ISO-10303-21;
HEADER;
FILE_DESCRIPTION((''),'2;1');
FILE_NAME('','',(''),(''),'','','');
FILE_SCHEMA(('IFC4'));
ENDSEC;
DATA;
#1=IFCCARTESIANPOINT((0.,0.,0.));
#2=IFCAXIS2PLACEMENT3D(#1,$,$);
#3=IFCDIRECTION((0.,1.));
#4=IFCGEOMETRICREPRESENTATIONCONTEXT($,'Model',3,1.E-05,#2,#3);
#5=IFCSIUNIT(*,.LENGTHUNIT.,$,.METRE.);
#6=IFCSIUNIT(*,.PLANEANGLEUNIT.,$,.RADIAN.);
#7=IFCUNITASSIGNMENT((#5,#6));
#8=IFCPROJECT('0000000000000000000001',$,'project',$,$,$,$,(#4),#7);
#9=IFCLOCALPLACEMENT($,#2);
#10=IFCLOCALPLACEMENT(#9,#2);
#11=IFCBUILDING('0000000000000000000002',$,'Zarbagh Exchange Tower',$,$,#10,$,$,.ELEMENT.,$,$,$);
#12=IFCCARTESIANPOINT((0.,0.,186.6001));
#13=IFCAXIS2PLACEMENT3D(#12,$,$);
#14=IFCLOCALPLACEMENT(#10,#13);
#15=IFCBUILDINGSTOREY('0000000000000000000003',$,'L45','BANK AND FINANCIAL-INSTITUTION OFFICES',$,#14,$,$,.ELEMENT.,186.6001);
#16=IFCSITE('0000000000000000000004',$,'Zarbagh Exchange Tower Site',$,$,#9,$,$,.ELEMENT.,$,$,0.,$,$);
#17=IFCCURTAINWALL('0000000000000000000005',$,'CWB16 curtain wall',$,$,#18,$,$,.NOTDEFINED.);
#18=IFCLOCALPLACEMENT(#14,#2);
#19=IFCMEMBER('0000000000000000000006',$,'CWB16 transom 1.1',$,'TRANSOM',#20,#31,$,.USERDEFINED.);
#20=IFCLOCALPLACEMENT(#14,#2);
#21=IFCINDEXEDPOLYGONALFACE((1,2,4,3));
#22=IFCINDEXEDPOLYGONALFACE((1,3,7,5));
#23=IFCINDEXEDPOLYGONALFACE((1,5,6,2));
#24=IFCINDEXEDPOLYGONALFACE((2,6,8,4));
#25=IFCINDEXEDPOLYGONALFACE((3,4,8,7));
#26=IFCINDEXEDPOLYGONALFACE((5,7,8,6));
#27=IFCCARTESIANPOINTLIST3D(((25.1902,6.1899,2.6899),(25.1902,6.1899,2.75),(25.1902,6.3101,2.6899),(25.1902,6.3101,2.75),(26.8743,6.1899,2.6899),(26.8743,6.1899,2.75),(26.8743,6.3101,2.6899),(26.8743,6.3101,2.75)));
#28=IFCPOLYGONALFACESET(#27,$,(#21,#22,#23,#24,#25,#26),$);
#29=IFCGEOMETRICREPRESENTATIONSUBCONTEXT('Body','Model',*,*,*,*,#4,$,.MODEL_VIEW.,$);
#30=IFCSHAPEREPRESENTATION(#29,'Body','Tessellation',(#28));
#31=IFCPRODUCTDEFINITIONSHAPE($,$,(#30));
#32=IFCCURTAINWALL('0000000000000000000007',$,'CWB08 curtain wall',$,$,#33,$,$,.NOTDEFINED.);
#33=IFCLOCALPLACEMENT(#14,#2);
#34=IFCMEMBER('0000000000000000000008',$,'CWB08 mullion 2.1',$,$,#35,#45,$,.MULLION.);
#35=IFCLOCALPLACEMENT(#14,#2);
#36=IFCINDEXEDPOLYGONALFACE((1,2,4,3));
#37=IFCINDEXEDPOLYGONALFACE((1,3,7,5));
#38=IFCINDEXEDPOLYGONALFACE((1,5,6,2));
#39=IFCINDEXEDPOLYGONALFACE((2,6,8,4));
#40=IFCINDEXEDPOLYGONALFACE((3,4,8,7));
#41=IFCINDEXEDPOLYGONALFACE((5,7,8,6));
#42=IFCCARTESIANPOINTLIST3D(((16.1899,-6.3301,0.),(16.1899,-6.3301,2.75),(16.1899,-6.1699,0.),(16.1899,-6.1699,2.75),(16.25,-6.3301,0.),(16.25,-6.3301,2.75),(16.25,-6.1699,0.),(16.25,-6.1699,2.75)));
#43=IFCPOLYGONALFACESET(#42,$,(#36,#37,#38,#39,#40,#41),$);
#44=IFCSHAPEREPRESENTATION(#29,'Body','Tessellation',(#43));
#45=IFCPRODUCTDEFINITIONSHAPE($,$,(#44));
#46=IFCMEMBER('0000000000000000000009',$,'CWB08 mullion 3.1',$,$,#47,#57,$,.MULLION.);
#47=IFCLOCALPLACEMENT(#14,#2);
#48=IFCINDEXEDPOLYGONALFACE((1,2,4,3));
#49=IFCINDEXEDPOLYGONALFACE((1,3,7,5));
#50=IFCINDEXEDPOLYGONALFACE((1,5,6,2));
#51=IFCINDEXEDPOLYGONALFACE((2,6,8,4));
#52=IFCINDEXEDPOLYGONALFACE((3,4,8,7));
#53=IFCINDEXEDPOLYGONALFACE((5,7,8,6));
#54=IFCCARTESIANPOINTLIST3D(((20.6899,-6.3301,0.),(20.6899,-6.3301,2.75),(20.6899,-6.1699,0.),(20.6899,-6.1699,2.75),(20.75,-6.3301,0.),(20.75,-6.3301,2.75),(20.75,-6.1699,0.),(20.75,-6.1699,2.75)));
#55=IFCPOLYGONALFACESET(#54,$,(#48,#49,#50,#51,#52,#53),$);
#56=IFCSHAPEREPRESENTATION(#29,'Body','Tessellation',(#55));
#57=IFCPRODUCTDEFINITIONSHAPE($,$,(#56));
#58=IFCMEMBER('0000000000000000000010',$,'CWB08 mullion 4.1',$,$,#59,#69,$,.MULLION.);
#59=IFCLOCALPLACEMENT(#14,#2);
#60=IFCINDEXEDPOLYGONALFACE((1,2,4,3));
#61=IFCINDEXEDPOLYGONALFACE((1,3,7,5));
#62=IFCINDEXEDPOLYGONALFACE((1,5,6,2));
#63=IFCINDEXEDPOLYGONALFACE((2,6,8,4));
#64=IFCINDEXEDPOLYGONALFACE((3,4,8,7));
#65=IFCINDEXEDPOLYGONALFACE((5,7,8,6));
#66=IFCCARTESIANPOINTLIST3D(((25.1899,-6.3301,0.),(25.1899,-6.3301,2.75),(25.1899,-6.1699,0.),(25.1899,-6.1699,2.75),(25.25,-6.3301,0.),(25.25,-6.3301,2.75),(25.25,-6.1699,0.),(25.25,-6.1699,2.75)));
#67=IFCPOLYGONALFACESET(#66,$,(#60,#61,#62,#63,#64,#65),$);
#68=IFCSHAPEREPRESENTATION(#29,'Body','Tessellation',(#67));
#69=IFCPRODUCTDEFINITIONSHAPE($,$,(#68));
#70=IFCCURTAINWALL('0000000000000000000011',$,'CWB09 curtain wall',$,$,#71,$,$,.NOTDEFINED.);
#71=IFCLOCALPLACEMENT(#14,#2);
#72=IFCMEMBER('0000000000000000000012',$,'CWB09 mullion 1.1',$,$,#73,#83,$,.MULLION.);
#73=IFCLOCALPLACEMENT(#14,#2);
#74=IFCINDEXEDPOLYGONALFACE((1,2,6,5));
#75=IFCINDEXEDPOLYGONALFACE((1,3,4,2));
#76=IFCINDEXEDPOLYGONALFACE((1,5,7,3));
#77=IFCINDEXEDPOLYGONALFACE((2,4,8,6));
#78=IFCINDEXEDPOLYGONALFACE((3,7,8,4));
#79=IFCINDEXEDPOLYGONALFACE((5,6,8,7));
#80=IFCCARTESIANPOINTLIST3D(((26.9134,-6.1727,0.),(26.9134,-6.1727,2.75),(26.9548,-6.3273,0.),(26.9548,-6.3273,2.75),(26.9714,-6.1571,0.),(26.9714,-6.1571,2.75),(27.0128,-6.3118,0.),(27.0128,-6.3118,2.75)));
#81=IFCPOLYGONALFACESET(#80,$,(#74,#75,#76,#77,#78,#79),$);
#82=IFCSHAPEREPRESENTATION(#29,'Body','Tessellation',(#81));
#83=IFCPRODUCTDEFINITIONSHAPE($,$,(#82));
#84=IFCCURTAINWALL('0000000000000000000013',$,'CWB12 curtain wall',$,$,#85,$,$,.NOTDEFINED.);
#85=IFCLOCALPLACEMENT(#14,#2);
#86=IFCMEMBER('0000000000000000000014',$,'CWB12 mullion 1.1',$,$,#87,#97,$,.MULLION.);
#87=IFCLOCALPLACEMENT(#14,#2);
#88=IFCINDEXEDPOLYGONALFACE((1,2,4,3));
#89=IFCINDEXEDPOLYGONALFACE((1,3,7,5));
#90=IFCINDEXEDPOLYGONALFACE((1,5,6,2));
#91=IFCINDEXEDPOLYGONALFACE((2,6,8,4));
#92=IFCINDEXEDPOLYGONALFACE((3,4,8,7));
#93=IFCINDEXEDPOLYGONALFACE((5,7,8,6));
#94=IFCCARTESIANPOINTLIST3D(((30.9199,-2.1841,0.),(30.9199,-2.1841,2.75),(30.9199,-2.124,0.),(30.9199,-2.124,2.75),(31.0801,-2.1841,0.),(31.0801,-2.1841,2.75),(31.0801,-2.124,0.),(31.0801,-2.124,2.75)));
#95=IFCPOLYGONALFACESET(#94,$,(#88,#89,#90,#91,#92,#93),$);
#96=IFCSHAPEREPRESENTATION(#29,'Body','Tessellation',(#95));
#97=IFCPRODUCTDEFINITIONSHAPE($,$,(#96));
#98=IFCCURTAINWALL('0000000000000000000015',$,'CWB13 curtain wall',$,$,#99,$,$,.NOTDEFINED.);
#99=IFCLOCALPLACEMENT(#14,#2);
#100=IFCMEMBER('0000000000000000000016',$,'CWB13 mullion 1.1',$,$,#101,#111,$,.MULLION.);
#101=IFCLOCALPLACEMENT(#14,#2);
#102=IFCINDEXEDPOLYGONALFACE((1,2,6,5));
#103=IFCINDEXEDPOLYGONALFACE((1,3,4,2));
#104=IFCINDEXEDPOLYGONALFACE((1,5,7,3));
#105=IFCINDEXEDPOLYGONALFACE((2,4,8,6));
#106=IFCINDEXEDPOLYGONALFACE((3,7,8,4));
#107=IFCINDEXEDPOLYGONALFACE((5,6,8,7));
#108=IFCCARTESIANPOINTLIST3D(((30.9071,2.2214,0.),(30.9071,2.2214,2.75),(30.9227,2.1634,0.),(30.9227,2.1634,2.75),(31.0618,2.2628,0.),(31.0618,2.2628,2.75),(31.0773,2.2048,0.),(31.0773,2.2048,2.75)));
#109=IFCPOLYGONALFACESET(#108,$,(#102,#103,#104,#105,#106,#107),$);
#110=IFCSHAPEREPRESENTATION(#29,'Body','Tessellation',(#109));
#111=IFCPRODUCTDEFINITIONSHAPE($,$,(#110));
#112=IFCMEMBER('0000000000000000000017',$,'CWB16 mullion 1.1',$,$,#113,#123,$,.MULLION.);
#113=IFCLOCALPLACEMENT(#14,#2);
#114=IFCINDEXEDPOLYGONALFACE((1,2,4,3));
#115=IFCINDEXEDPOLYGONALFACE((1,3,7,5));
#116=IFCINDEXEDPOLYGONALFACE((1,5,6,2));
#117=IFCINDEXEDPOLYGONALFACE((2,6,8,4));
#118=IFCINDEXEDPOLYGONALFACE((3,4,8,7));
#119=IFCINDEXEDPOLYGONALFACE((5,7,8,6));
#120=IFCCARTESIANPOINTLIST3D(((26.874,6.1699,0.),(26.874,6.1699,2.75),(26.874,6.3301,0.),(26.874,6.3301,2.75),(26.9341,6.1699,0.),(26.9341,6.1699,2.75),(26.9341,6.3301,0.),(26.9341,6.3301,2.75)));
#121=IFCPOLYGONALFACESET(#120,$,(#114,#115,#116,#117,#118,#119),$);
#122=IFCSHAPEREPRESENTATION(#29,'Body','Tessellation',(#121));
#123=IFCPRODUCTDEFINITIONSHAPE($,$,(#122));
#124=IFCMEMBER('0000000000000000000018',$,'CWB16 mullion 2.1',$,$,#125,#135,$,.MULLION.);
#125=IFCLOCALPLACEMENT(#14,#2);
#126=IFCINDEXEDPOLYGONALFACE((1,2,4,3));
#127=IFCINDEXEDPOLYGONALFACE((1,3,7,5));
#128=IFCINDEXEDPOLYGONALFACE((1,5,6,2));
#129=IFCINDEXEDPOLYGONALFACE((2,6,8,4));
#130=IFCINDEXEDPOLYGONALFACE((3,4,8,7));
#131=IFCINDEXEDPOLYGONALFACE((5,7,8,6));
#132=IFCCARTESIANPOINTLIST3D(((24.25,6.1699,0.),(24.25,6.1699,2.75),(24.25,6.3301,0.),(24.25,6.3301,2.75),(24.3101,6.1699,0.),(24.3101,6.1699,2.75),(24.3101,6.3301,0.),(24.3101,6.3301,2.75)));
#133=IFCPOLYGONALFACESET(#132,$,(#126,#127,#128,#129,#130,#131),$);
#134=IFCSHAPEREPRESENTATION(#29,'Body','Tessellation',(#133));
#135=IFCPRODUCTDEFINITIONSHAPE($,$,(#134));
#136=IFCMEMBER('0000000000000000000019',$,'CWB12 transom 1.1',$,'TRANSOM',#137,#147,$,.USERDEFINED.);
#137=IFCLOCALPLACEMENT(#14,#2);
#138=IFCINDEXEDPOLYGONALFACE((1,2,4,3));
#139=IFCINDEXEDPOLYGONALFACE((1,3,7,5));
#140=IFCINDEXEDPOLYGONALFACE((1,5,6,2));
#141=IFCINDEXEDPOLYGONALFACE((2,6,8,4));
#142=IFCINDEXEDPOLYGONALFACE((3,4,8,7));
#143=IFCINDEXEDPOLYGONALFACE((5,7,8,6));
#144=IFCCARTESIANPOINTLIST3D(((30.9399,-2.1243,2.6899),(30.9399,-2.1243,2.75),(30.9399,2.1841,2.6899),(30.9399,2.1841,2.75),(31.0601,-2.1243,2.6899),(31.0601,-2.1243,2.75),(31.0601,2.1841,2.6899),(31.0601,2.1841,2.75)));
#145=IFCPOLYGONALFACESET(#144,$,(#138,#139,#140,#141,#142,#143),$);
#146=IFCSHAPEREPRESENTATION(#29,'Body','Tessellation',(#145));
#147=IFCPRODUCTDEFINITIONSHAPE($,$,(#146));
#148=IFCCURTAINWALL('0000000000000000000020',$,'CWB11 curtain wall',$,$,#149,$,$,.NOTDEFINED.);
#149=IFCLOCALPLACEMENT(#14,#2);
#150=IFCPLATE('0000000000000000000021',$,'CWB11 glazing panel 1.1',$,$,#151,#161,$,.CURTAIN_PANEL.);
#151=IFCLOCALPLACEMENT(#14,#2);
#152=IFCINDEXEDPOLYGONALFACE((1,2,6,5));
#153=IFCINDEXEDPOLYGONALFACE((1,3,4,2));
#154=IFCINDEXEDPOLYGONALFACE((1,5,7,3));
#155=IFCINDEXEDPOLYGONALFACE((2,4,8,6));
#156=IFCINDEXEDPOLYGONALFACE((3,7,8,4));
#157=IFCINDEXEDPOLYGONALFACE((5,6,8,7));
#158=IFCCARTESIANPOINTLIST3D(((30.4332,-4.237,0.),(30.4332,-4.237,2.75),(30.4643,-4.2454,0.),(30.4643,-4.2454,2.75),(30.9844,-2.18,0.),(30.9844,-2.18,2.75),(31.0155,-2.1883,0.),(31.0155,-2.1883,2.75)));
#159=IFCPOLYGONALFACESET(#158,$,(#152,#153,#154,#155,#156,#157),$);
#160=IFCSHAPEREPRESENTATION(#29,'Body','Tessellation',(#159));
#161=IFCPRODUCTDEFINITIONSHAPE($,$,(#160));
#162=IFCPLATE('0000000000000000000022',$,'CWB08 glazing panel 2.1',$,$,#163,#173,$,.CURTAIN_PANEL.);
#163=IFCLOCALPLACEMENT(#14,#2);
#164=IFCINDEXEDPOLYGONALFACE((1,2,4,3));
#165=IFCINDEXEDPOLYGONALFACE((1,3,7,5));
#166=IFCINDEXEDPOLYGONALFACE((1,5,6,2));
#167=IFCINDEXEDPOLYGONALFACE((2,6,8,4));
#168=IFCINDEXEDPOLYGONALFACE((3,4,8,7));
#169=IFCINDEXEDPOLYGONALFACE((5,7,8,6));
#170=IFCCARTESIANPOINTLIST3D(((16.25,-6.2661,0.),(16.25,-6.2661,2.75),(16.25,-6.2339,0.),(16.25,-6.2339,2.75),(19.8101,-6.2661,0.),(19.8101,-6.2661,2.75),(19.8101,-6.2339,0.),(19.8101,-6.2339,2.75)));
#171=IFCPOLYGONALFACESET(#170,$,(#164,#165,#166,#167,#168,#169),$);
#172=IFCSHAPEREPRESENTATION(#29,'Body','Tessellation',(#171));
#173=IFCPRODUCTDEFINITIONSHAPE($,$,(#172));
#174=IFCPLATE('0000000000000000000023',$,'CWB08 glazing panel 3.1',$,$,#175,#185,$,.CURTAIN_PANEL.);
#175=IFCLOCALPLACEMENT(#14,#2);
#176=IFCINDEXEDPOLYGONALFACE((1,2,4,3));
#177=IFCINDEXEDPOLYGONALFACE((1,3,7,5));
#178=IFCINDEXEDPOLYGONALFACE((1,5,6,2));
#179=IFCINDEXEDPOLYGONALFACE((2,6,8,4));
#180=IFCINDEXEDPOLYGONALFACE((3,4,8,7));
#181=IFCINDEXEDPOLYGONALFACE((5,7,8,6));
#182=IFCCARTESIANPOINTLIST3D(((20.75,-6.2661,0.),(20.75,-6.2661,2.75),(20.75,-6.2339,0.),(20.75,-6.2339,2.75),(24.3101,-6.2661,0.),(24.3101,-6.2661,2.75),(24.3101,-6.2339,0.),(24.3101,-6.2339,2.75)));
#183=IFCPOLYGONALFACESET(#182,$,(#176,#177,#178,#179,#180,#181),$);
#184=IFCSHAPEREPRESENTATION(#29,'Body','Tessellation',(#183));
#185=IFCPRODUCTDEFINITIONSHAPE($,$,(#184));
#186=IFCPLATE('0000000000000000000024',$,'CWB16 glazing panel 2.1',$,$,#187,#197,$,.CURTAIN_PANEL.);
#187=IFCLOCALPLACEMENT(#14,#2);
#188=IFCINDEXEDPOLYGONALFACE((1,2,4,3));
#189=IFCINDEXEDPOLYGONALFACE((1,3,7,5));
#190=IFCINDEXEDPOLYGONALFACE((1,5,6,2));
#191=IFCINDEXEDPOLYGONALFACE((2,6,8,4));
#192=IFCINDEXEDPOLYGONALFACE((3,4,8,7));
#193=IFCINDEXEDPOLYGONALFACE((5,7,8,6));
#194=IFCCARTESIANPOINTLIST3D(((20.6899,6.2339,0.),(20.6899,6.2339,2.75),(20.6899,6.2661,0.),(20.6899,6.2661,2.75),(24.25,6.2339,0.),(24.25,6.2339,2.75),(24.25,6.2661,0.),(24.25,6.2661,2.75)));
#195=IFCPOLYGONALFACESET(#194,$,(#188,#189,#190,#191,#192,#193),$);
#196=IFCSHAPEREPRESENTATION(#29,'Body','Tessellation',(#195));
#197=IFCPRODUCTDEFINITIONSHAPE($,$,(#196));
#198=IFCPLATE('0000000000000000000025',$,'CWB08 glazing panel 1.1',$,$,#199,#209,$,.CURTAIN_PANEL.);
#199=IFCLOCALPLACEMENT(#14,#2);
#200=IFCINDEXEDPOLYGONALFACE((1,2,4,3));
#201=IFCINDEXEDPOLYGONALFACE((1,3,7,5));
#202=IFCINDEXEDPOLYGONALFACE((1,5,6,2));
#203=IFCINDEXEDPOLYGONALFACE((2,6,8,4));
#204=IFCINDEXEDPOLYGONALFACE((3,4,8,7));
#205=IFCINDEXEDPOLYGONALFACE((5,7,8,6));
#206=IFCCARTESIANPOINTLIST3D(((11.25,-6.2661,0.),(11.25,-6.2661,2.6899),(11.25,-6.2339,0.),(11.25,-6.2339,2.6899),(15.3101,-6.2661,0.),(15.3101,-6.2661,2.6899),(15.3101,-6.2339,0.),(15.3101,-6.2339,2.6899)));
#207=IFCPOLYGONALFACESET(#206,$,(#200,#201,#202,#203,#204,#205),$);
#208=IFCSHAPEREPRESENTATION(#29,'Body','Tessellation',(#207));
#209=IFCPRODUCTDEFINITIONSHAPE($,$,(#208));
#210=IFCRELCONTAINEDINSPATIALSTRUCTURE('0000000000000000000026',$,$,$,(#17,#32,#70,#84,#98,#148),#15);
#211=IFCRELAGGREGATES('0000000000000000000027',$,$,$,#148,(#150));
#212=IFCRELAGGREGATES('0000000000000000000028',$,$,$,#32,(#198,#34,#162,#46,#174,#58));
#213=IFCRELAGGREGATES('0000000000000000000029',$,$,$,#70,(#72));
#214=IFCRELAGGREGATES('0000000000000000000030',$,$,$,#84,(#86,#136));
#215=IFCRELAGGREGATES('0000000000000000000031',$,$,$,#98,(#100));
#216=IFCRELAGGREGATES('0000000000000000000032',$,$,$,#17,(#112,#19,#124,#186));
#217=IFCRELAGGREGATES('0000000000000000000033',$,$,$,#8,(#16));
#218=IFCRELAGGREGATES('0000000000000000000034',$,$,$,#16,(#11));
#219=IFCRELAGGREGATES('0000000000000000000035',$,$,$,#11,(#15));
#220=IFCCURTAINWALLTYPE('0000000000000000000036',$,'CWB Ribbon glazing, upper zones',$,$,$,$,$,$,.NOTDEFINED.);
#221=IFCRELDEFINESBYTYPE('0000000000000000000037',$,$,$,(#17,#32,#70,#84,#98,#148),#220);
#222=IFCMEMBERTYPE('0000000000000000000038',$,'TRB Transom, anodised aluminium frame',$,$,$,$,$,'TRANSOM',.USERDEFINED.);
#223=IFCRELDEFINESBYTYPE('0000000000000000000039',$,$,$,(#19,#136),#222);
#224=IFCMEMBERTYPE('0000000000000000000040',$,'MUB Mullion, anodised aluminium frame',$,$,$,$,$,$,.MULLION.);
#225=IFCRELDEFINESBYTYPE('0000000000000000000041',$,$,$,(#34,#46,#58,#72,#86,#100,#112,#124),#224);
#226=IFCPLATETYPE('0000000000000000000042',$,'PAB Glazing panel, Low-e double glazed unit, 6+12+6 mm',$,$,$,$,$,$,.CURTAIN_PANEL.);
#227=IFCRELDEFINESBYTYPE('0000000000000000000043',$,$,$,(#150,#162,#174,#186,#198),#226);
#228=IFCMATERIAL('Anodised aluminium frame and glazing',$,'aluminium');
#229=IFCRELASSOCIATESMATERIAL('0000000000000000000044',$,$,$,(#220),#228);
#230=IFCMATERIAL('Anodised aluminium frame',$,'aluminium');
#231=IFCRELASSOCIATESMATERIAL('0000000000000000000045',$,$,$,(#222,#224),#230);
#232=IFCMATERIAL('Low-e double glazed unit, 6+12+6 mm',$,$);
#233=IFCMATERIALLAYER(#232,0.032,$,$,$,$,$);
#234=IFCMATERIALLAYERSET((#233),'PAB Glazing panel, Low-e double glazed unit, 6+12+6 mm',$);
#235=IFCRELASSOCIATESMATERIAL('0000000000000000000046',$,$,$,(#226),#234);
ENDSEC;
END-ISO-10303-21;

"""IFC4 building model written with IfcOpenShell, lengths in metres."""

from ifc_helpers import new_model, si_unit, direction, frame, origin, place, context, subcontext, project, spatial, polyline, outline, extrude, source, transform, mapped, material, layer, layer_set, type_object, element, aggregate, save


model = new_model("IFC4")

# Units and contexts
model_context = context("Model", 3, precision=1e-05, world=origin(), true_north=direction((0.0, 1.0)))
body_context = subcontext(model_context, "Body", "Model", "MODEL_VIEW")
ifc_project = project(units=[si_unit("LENGTHUNIT", "METRE"), si_unit("PLANEANGLEUNIT", "RADIAN")], contexts=[model_context])

# Site, building, storey
site_placement = place(None, origin())
site = spatial("IfcSite", under=ifc_project, at=site_placement, Name="Zarbagh Exchange Tower Site", CompositionType="ELEMENT", RefElevation=0.0)
building_placement = place(site_placement, origin())
building = spatial("IfcBuilding", under=site, at=building_placement, Name="Zarbagh Exchange Tower", CompositionType="ELEMENT")
storey_placement = place(building_placement, frame((0.0, 0.0, 186.6001)))
storey = spatial("IfcBuildingStorey", under=building, at=storey_placement, Name="L45", Description="BANK AND FINANCIAL-INSTITUTION OFFICES", CompositionType="ELEMENT", Elevation=186.6001)

# Curtain wall, member
ifc_material_1 = material(Name="Anodised aluminium frame and glazing", Category="aluminium")
curtain_wall_type = type_object("IfcCurtainWallType", Name="CWB Ribbon glazing, upper zones", PredefinedType="NOTDEFINED", material=ifc_material_1)
curtain_wall_1_placement = place(storey_placement, origin())
curtain_wall_1 = element("IfcCurtainWall", 1, at=curtain_wall_1_placement, inside=storey, type_object=curtain_wall_type, Name="CWB16 curtain wall", PredefinedType="NOTDEFINED")
ifc_material_2 = material(Name="Anodised aluminium frame", Category="aluminium")
member_type_1 = type_object("IfcMemberType", Name="TRB Transom, anodised aluminium frame", ElementType="TRANSOM", PredefinedType="USERDEFINED", material=ifc_material_2)
shared_shape_1 = source(origin(), body_context, "Body", "SweptSolid", [
    extrude(outline(polyline([(-0.0601, -0.0601), (0.0, -0.0601), (0.0, 0.0601), (-0.0601, 0.0601), (-0.0601, -0.0601)])), origin(), (0.0, 0.0, 1.0), 1.6841),
])
placement = place(storey_placement, origin())
member_1 = element("IfcMember", 2, at=placement, type_object=member_type_1, Name="CWB16 transom 1.1", ObjectType="TRANSOM", PredefinedType="USERDEFINED", context=body_context, shape_type="MappedRepresentation", body=[
    mapped(shared_shape_1, transform((26.8743, 6.25, 2.75), x_axis=(0.0, 0.0, 1.0), y_axis=(0.0, 1.0, 0.0), z_axis=(-1.0, 0.0, 0.0))),
])

# Curtain wall, members
curtain_wall_2_placement = place(storey_placement, origin())
curtain_wall_2 = element("IfcCurtainWall", 3, at=curtain_wall_2_placement, inside=storey, type_object=curtain_wall_type, Name="CWB08 curtain wall", PredefinedType="NOTDEFINED")
member_type_2 = type_object("IfcMemberType", Name="MUB Mullion, anodised aluminium frame", PredefinedType="MULLION", material=ifc_material_2)
shared_shape_2 = source(origin(), body_context, "Body", "SweptSolid", [
    extrude(outline(polyline([(0.0, -0.0801), (0.0601, -0.0801), (0.0601, 0.0801), (0.0, 0.0801), (0.0, -0.0801)])), origin(), (0.0, 0.0, 1.0), 2.75),
])
member_2 = element("IfcMember", 4, at=placement, type_object=member_type_2, Name="CWB08 mullion 2.1", PredefinedType="MULLION", context=body_context, shape_type="MappedRepresentation", body=[
    mapped(shared_shape_2, transform((16.1899, -6.25, 0.0), x_axis=(1.0, 0.0, 0.0), y_axis=(0.0, 1.0, 0.0), z_axis=(0.0, 0.0, 1.0))),
])
member_3 = element("IfcMember", 5, at=placement, type_object=member_type_2, Name="CWB08 mullion 3.1", PredefinedType="MULLION", context=body_context, shape_type="MappedRepresentation", body=[
    mapped(shared_shape_2, transform((20.6899, -6.25, 0.0), x_axis=(1.0, 0.0, 0.0), y_axis=(0.0, 1.0, 0.0), z_axis=(0.0, 0.0, 1.0))),
])
member_4 = element("IfcMember", 6, at=placement, type_object=member_type_2, Name="CWB08 mullion 4.1", PredefinedType="MULLION", context=body_context, shape_type="MappedRepresentation", body=[
    mapped(shared_shape_2, transform((25.1899, -6.25, 0.0), x_axis=(1.0, 0.0, 0.0), y_axis=(0.0, 1.0, 0.0), z_axis=(0.0, 0.0, 1.0))),
])

# Curtain walls, members
curtain_wall_3_placement = place(storey_placement, origin())
curtain_wall_3 = element("IfcCurtainWall", 7, at=curtain_wall_3_placement, inside=storey, type_object=curtain_wall_type, Name="CWB09 curtain wall", PredefinedType="NOTDEFINED")
member_5 = element("IfcMember", 8, at=placement, type_object=member_type_2, Name="CWB09 mullion 1.1", PredefinedType="MULLION", context=body_context, shape_type="MappedRepresentation", body=[
    mapped(shared_shape_2, transform((26.9341, -6.25, 0.0), x_axis=(0.965924, 0.258825, 0.0), y_axis=(-0.258825, 0.965924, 0.0), z_axis=(0.0, 0.0, 1.0))),
])
curtain_wall_4_placement = place(storey_placement, origin())
curtain_wall_4 = element("IfcCurtainWall", 9, at=curtain_wall_4_placement, inside=storey, type_object=curtain_wall_type, Name="CWB12 curtain wall", PredefinedType="NOTDEFINED")
member_6 = element("IfcMember", 10, at=placement, type_object=member_type_2, Name="CWB12 mullion 1.1", PredefinedType="MULLION", context=body_context, shape_type="MappedRepresentation", body=[
    mapped(shared_shape_2, transform((31.0, -2.1841, 0.0), x_axis=(0.0, 1.0, 0.0), y_axis=(-1.0, 0.0, 0.0), z_axis=(0.0, 0.0, 1.0))),
])
curtain_wall_5_placement = place(storey_placement, origin())
curtain_wall_5 = element("IfcCurtainWall", 11, at=curtain_wall_5_placement, inside=storey, type_object=curtain_wall_type, Name="CWB13 curtain wall", PredefinedType="NOTDEFINED")
member_7 = element("IfcMember", 12, at=placement, type_object=member_type_2, Name="CWB13 mullion 1.1", PredefinedType="MULLION", context=body_context, shape_type="MappedRepresentation", body=[
    mapped(shared_shape_2, transform((31.0, 2.1841, 0.0), x_axis=(-0.258825, 0.965924, 0.0), y_axis=(-0.965924, -0.258825, 0.0), z_axis=(0.0, 0.0, 1.0))),
])

# Members
member_8 = element("IfcMember", 13, at=placement, type_object=member_type_2, Name="CWB16 mullion 1.1", PredefinedType="MULLION", context=body_context, shape_type="MappedRepresentation", body=[
    mapped(shared_shape_2, transform((26.9341, 6.25, 0.0), x_axis=(-1.0, 0.0, 0.0), y_axis=(0.0, -1.0, 0.0), z_axis=(0.0, 0.0, 1.0))),
])
member_9 = element("IfcMember", 14, at=placement, type_object=member_type_2, Name="CWB16 mullion 2.1", PredefinedType="MULLION", context=body_context, shape_type="MappedRepresentation", body=[
    mapped(shared_shape_2, transform((24.3101, 6.25, 0.0), x_axis=(-1.0, 0.0, 0.0), y_axis=(0.0, -1.0, 0.0), z_axis=(0.0, 0.0, 1.0))),
])
shared_shape_3 = source(origin(), body_context, "Body", "SweptSolid", [
    extrude(outline(polyline([(-0.0601, -0.0601), (0.0, -0.0601), (0.0, 0.0601), (-0.0601, 0.0601), (-0.0601, -0.0601)])), origin(), (0.0, 0.0, 1.0), 4.3083),
])
member_10 = element("IfcMember", 15, at=placement, type_object=member_type_1, Name="CWB12 transom 1.1", ObjectType="TRANSOM", PredefinedType="USERDEFINED", context=body_context, shape_type="MappedRepresentation", body=[
    mapped(shared_shape_3, transform((31.0, -2.1243, 2.75), x_axis=(0.0, 0.0, 1.0), y_axis=(1.0, 0.0, 0.0), z_axis=(0.0, 1.0, 0.0))),
])

# Curtain wall, plate
curtain_wall_6_placement = place(storey_placement, origin())
curtain_wall_6 = element("IfcCurtainWall", 16, at=curtain_wall_6_placement, inside=storey, type_object=curtain_wall_type, Name="CWB11 curtain wall", PredefinedType="NOTDEFINED")
ifc_material_3 = material(Name="Low-e double glazed unit, 6+12+6 mm")
ifc_layer = layer(ifc_material_3, 0.032)
ifc_layer_set = layer_set([ifc_layer], Name="PAB Glazing panel, Low-e double glazed unit, 6+12+6 mm")
plate_type = type_object("IfcPlateType", Name="PAB Glazing panel, Low-e double glazed unit, 6+12+6 mm", PredefinedType="CURTAIN_PANEL", material=ifc_layer_set)
shared_shape_4 = source(origin(), body_context, "Body", "SweptSolid", [
    extrude(outline(polyline([(0.0, -0.0161), (2.1296, -0.0161), (2.1296, 0.0161), (0.0, 0.0161), (0.0, -0.0161)])), origin(), (0.0, 0.0, 1.0), 2.75),
])
plate_1 = element("IfcPlate", 17, at=placement, type_object=plate_type, Name="CWB11 glazing panel 1.1", PredefinedType="CURTAIN_PANEL", context=body_context, shape_type="MappedRepresentation", body=[
    mapped(shared_shape_4, transform((30.4487, -4.2412, 0.0), x_axis=(0.258825, 0.965924, 0.0), y_axis=(-0.965924, 0.258825, 0.0), z_axis=(0.0, 0.0, 1.0))),
])
aggregate(curtain_wall_6, [plate_1])

# Plates
shared_shape_5 = source(origin(), body_context, "Body", "SweptSolid", [
    extrude(outline(polyline([(0.0, -0.0161), (3.5601, -0.0161), (3.5601, 0.0161), (0.0, 0.0161), (0.0, -0.0161)])), origin(), (0.0, 0.0, 1.0), 2.75),
])
plate_2 = element("IfcPlate", 18, at=placement, type_object=plate_type, Name="CWB08 glazing panel 2.1", PredefinedType="CURTAIN_PANEL", context=body_context, shape_type="MappedRepresentation", body=[
    mapped(shared_shape_5, transform((16.25, -6.25, 0.0), x_axis=(1.0, 0.0, 0.0), y_axis=(0.0, 1.0, 0.0), z_axis=(0.0, 0.0, 1.0))),
])
plate_3 = element("IfcPlate", 19, at=placement, type_object=plate_type, Name="CWB08 glazing panel 3.1", PredefinedType="CURTAIN_PANEL", context=body_context, shape_type="MappedRepresentation", body=[
    mapped(shared_shape_5, transform((20.75, -6.25, 0.0), x_axis=(1.0, 0.0, 0.0), y_axis=(0.0, 1.0, 0.0), z_axis=(0.0, 0.0, 1.0))),
])
plate_4 = element("IfcPlate", 20, at=placement, type_object=plate_type, Name="CWB16 glazing panel 2.1", PredefinedType="CURTAIN_PANEL", context=body_context, shape_type="MappedRepresentation", body=[
    mapped(shared_shape_5, transform((24.25, 6.25, 0.0), x_axis=(-1.0, 0.0, 0.0), y_axis=(0.0, -1.0, 0.0), z_axis=(0.0, 0.0, 1.0))),
])
shared_shape_6 = source(origin(), body_context, "Body", "SweptSolid", [
    extrude(outline(polyline([(0.0, -0.0161), (4.0601, -0.0161), (4.0601, 0.0161), (0.0, 0.0161), (0.0, -0.0161)])), origin(), (0.0, 0.0, 1.0), 2.6899),
])
plate_5 = element("IfcPlate", 21, at=placement, type_object=plate_type, Name="CWB08 glazing panel 1.1", PredefinedType="CURTAIN_PANEL", context=body_context, shape_type="MappedRepresentation", body=[
    mapped(shared_shape_6, transform((11.25, -6.25, 0.0), x_axis=(1.0, 0.0, 0.0), y_axis=(0.0, 1.0, 0.0), z_axis=(0.0, 0.0, 1.0))),
])
aggregate(curtain_wall_2, [plate_5, member_2, plate_2, member_3, plate_3, member_4])
aggregate(curtain_wall_3, [member_5])

aggregate(curtain_wall_4, [member_6, member_10])
aggregate(curtain_wall_5, [member_7])

aggregate(curtain_wall_1, [member_8, member_1, member_9, plate_4])

save(model, "model.ifc")
